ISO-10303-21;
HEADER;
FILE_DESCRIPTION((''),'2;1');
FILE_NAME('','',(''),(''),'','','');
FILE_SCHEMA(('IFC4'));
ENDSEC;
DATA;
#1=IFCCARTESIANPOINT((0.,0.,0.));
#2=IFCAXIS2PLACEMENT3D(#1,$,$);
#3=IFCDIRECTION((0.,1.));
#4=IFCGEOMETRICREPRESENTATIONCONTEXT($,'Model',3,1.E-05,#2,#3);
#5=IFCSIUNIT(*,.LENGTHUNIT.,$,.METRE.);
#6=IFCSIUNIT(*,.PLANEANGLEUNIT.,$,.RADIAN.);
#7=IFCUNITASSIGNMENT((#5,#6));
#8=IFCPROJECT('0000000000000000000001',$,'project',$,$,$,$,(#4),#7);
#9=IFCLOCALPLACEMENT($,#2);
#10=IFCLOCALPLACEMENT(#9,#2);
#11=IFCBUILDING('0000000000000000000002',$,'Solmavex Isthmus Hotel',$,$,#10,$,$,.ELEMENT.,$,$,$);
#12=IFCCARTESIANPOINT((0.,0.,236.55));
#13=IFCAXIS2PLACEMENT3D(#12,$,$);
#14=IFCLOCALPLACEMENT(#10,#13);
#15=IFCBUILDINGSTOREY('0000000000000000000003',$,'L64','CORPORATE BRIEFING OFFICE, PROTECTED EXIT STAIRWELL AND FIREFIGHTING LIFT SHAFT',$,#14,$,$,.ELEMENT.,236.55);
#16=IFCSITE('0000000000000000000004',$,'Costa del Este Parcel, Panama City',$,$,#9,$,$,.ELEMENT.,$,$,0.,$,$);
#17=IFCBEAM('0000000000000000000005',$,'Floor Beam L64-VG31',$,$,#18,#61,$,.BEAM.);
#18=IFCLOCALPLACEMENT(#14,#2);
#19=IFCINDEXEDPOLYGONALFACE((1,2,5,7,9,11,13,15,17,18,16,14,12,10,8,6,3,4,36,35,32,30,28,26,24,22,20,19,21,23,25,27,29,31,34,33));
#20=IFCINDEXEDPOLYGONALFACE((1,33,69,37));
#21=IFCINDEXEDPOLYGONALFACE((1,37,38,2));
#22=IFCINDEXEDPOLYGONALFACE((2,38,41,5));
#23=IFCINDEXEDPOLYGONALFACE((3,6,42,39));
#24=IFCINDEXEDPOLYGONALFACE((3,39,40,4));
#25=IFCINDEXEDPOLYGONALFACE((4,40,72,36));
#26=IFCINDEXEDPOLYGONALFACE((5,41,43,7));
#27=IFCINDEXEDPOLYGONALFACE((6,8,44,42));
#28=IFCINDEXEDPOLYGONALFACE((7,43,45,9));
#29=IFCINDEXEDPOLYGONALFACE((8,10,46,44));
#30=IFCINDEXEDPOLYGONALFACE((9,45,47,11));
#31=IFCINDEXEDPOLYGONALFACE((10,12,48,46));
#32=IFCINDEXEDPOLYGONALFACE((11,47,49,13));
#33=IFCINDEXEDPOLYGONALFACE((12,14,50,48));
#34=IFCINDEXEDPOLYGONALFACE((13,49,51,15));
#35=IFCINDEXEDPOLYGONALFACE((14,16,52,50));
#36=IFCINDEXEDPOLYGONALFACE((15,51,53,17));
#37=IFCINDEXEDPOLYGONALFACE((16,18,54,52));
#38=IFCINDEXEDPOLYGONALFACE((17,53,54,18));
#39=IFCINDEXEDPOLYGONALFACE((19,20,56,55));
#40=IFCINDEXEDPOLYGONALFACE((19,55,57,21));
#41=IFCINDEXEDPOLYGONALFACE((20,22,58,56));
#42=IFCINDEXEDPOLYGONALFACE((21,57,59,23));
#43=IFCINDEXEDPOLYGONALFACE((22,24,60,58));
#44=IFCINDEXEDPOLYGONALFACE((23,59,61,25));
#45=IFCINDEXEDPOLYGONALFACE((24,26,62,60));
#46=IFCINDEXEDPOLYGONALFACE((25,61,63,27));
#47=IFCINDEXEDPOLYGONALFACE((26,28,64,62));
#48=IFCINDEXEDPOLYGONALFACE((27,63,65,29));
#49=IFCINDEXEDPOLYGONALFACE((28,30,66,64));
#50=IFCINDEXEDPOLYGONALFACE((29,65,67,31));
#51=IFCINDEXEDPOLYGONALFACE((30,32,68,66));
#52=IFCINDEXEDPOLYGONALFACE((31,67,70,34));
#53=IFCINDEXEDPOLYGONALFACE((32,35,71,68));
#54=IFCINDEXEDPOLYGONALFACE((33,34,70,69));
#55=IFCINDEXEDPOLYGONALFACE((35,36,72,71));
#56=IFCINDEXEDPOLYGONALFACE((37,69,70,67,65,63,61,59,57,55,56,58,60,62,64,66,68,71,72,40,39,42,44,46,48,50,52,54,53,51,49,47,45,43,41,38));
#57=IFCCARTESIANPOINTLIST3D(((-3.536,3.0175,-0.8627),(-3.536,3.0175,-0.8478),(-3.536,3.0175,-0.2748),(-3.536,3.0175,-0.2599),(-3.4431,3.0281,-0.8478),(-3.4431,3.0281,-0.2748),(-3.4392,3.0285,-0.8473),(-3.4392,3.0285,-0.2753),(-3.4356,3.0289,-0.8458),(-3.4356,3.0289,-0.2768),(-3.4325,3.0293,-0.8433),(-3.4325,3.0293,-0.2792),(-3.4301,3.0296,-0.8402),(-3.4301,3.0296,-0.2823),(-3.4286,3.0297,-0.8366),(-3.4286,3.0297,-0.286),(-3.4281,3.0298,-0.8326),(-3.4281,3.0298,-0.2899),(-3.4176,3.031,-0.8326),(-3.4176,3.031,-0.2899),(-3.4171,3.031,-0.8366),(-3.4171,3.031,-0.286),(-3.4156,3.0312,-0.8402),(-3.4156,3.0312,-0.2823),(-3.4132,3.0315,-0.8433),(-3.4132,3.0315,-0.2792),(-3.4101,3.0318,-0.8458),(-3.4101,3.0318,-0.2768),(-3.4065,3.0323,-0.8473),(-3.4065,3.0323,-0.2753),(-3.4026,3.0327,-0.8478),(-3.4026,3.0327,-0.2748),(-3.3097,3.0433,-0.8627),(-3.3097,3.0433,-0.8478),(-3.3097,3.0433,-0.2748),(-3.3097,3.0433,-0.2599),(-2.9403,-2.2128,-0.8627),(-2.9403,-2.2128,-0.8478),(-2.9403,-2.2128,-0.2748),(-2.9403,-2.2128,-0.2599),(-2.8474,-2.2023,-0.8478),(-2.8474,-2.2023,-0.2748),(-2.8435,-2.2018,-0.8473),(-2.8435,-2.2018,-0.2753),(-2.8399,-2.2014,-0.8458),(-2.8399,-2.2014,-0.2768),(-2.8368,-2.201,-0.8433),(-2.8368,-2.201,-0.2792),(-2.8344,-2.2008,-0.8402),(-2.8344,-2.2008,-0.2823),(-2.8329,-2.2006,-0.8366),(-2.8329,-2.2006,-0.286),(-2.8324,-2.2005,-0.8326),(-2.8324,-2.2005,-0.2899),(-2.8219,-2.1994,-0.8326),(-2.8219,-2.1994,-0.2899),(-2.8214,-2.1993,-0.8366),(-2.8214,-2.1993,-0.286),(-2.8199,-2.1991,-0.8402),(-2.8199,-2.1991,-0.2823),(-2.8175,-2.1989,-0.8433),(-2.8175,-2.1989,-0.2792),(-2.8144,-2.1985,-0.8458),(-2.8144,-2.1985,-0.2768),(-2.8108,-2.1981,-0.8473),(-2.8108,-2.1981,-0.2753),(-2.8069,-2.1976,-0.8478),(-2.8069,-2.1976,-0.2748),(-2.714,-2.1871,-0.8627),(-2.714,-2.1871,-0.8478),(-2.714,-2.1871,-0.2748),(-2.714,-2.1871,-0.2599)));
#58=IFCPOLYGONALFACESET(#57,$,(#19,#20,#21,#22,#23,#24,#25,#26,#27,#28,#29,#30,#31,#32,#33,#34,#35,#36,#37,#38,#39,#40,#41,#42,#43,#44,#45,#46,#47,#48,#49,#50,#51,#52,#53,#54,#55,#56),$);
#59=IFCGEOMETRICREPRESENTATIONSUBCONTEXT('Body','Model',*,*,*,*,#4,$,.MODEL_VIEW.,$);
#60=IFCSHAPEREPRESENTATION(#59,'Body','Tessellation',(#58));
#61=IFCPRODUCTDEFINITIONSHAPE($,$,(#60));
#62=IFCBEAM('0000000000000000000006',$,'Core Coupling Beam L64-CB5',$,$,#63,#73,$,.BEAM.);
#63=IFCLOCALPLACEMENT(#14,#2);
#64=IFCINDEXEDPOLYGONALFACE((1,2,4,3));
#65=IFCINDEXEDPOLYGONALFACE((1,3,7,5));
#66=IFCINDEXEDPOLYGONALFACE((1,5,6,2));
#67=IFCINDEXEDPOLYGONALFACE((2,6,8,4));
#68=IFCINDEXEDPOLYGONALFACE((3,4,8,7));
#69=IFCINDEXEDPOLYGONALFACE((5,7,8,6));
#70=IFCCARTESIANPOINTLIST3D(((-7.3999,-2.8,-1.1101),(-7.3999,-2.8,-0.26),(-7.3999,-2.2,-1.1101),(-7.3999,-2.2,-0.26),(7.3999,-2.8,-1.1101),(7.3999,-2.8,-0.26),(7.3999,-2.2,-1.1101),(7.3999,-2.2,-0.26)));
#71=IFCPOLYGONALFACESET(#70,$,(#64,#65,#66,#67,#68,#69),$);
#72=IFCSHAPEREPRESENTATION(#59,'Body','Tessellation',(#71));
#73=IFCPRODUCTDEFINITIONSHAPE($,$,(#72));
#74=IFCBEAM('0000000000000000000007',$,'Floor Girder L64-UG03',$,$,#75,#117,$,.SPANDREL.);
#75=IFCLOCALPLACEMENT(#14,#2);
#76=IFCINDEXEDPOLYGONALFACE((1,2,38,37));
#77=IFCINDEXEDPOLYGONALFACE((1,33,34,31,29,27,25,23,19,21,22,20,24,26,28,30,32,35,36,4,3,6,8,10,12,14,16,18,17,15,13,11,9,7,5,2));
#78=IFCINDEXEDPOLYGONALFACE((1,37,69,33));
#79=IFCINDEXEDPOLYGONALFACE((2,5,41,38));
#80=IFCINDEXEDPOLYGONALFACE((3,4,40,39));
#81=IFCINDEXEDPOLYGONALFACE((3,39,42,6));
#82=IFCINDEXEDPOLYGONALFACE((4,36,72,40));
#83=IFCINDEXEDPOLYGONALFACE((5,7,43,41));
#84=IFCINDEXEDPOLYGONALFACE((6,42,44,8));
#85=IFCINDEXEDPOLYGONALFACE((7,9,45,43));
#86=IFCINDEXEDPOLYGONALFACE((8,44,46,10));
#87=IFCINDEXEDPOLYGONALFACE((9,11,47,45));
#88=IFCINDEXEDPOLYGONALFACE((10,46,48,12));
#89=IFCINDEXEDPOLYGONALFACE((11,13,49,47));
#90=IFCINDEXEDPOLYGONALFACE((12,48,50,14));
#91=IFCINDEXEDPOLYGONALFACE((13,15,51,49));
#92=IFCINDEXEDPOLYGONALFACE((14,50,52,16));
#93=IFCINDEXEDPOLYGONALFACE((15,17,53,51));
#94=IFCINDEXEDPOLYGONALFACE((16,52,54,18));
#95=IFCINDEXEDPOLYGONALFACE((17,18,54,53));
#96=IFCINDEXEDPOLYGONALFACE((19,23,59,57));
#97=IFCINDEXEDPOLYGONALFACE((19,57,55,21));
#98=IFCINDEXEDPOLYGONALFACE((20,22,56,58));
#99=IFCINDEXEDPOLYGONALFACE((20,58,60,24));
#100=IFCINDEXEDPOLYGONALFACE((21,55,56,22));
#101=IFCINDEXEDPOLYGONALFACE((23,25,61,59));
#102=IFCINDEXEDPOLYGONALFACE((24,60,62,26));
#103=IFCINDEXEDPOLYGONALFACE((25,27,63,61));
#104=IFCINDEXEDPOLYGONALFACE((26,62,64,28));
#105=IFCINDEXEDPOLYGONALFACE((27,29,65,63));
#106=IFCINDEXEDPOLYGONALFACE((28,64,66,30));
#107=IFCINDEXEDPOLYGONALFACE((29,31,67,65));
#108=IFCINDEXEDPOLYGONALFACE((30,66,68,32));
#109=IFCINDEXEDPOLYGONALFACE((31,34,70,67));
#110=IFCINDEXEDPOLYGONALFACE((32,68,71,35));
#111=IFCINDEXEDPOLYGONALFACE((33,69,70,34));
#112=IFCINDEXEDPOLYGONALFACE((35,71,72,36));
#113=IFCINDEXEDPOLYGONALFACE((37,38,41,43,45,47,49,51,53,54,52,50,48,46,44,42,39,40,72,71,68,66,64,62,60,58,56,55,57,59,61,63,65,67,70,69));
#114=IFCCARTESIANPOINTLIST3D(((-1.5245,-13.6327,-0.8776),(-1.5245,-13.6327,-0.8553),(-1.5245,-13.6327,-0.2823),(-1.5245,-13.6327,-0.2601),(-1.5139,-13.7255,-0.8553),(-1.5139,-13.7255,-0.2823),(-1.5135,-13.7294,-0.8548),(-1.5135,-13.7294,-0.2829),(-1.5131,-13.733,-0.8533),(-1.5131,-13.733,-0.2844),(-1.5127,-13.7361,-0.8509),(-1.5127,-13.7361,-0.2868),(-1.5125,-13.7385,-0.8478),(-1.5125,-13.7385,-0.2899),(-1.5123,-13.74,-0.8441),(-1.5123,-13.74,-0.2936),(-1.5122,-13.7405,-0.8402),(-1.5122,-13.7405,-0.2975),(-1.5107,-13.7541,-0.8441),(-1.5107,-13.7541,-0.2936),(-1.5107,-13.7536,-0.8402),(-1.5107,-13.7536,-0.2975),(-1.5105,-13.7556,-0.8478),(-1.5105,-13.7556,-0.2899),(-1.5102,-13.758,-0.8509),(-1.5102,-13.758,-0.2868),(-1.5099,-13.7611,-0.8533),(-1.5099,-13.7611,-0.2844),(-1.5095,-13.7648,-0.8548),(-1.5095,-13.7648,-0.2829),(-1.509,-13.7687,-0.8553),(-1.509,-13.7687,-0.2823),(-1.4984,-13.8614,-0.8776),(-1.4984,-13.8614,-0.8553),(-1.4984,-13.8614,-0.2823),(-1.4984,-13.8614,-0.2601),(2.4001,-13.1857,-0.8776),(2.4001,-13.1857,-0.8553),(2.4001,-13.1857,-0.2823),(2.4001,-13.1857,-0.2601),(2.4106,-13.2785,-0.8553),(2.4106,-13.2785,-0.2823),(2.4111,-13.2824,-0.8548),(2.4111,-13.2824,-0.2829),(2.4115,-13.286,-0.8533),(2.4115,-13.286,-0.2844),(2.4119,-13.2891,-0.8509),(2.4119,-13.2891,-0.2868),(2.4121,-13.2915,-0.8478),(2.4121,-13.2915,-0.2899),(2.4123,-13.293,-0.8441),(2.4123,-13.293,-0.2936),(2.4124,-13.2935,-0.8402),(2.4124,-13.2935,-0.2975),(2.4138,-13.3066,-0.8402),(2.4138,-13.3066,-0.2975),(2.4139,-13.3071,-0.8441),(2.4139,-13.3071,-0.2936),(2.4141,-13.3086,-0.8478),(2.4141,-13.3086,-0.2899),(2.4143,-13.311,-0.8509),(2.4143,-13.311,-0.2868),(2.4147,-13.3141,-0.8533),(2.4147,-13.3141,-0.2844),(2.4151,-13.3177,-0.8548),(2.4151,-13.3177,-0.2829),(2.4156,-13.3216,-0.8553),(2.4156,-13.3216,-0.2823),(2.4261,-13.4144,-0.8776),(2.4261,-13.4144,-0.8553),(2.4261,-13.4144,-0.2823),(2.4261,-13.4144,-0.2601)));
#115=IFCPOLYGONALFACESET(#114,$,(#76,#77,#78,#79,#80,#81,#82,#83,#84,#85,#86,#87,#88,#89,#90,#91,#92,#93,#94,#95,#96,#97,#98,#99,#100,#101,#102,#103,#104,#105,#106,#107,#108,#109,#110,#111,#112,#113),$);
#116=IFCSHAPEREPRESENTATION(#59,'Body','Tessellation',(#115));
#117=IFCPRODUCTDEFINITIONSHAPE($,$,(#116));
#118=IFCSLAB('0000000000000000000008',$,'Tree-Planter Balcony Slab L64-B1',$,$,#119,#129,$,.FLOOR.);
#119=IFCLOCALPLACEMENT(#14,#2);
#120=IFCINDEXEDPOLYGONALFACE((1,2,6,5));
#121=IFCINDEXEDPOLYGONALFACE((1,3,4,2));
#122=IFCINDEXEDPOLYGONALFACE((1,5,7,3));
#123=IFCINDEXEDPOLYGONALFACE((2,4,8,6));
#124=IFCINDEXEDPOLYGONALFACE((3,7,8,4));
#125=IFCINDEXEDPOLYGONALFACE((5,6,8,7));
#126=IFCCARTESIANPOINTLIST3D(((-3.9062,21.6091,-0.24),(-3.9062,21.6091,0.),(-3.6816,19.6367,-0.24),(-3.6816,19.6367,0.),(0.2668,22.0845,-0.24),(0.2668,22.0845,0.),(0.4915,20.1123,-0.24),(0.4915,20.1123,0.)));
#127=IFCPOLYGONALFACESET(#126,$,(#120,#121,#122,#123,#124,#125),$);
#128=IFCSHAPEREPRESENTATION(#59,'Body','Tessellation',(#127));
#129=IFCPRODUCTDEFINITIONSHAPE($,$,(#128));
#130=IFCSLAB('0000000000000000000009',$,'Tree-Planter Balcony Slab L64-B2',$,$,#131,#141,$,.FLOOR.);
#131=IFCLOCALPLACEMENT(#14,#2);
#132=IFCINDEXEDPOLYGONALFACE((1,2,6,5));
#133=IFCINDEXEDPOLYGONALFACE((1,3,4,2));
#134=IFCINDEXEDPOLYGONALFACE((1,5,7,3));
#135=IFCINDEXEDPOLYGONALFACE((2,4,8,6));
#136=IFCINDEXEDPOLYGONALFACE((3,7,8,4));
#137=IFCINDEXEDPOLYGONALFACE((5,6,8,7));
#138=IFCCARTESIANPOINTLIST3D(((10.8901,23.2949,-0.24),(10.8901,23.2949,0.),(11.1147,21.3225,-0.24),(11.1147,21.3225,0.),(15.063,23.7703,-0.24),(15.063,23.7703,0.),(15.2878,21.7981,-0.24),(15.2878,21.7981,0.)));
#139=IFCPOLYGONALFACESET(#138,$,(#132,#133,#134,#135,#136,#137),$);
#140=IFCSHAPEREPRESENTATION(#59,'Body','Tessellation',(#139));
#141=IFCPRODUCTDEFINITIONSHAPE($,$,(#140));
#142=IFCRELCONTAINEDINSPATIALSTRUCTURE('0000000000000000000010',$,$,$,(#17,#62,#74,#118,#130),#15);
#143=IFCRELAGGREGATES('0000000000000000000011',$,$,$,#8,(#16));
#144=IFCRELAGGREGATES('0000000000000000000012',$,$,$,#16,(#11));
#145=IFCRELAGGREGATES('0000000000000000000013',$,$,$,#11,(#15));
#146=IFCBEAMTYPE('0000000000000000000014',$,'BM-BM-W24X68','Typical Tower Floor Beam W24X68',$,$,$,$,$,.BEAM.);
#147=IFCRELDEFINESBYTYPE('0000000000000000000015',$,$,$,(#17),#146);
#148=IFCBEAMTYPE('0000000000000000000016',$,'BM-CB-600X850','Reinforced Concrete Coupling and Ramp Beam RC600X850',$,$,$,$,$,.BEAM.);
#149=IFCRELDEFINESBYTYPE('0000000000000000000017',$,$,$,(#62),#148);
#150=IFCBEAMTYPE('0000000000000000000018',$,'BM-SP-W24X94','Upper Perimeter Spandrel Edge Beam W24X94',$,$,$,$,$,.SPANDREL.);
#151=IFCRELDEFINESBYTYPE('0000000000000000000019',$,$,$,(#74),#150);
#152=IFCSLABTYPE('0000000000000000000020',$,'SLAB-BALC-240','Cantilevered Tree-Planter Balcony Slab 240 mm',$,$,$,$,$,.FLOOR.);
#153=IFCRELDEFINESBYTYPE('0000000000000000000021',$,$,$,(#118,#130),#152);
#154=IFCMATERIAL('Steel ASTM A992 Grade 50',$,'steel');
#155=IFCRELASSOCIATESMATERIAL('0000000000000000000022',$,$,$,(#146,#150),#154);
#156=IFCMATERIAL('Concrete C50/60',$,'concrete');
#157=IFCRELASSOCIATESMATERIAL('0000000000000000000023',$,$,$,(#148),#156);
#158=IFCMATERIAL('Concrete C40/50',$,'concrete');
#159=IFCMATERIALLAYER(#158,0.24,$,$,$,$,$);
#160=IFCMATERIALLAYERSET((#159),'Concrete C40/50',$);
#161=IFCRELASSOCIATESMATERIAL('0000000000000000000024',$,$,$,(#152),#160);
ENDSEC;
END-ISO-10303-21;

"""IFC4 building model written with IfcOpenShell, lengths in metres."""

from ifc_helpers import new_model, si_unit, direction, frame, origin, origin_2d, place, context, subcontext, project, spatial, polyline, rectangle, i_section, outline, extrude, material, layer, layer_set, material_profile, profile_set, type_object, element, save


model = new_model("IFC4")

# Units and contexts
model_context = context("Model", 3, precision=1e-05, world=origin(), true_north=direction((0.0, 1.0)))
body_context = subcontext(model_context, "Body", "Model", "MODEL_VIEW")
ifc_project = project(units=[si_unit("LENGTHUNIT", "METRE"), si_unit("PLANEANGLEUNIT", "RADIAN")], contexts=[model_context])

# Site, building, storey
site_placement = place(None, origin())
site = spatial("IfcSite", under=ifc_project, at=site_placement, Name="Costa del Este Parcel, Panama City", CompositionType="ELEMENT", RefElevation=0.0)
building_placement = place(site_placement, origin())
building = spatial("IfcBuilding", under=site, at=building_placement, Name="Solmavex Isthmus Hotel", CompositionType="ELEMENT")
storey_placement = place(building_placement, frame((0.0, 0.0, 236.55)))
storey = spatial("IfcBuildingStorey", under=building, at=storey_placement, Name="L64", Description="CORPORATE BRIEFING OFFICE, PROTECTED EXIT STAIRWELL AND FIREFIGHTING LIFT SHAFT", CompositionType="ELEMENT", Elevation=236.55)

# Shared definitions
ifc_material_1 = material(Name="Concrete C50/60", Category="concrete")

# Beams
ifc_material_2 = material(Name="Steel ASTM A992 Grade 50", Category="steel")
ifc_material_profile_1 = material_profile(ifc_material_2, i_section(OverallWidth=0.2278, OverallDepth=0.6028, WebThickness=0.0105, FlangeThickness=0.0149, FilletRadius=0.0151, at=origin_2d()), Name="W24X68")
ifc_profile_set_1 = profile_set([ifc_material_profile_1], Name="Steel ASTM A992 Grade 50")
beam_type_1 = type_object("IfcBeamType", Name="BM-BM-W24X68", Description="Typical Tower Floor Beam W24X68", PredefinedType="BEAM", material=ifc_profile_set_1)
beam_1_placement = place(storey_placement, frame((-2.8271, -2.2, -0.5613), z_axis=(-0.113159, 0.993577, 0.0), x_axis=(-0.993577, -0.113159, 0.0)))
element("IfcBeam", 1, at=beam_1_placement, inside=storey, type_object=beam_type_1, Name="Floor Beam L64-VG31", PredefinedType="BEAM", context=body_context, shape_type="SweptSolid", body=[
    extrude(i_section(OverallWidth=0.2278, OverallDepth=0.6028, WebThickness=0.0105, FlangeThickness=0.0149, FilletRadius=0.0151, at=origin_2d()), origin(), (0.0, 0.0, 1.0), 5.2642),
])
ifc_material_profile_2 = material_profile(ifc_material_1, rectangle(XDim=0.6001, YDim=0.8501, at=origin_2d()), Name="RC600X850")
ifc_profile_set_2 = profile_set([ifc_material_profile_2], Name="Concrete C50/60")
beam_type_2 = type_object("IfcBeamType", Name="BM-CB-600X850", Description="Reinforced Concrete Coupling and Ramp Beam RC600X850", PredefinedType="BEAM", material=ifc_profile_set_2)
beam_2_placement = place(storey_placement, frame((-7.3999, -2.5, -0.6851), z_axis=(1.0, 0.0, 0.0), x_axis=(0.0, 1.0, 0.0)))
element("IfcBeam", 2, at=beam_2_placement, inside=storey, type_object=beam_type_2, Name="Core Coupling Beam L64-CB5", PredefinedType="BEAM", context=body_context, shape_type="SweptSolid", body=[
    extrude(rectangle(XDim=0.6001, YDim=0.8501, at=origin_2d()), origin(), (0.0, 0.0, 1.0), 14.7998),
])
ifc_material_profile_3 = material_profile(ifc_material_2, i_section(OverallWidth=0.2302, OverallDepth=0.6174, WebThickness=0.0132, FlangeThickness=0.0222, FilletRadius=0.0151, at=origin_2d()), Name="W24X94")
ifc_profile_set_3 = profile_set([ifc_material_profile_3], Name="Steel ASTM A992 Grade 50")
beam_type_3 = type_object("IfcBeamType", Name="BM-SP-W24X94", Description="Upper Perimeter Spandrel Edge Beam W24X94", PredefinedType="SPANDREL", material=ifc_profile_set_3)
beam_3_placement = place(storey_placement, frame((-1.5115, -13.7471, -0.5688), z_axis=(0.993575, 0.113172, 0.0), x_axis=(-0.113172, 0.993575, 0.0)))
element("IfcBeam", 3, at=beam_3_placement, inside=storey, type_object=beam_type_3, Name="Floor Girder L64-UG03", PredefinedType="SPANDREL", context=body_context, shape_type="SweptSolid", body=[
    extrude(i_section(OverallWidth=0.2302, OverallDepth=0.6174, WebThickness=0.0132, FlangeThickness=0.0222, FilletRadius=0.0151, at=origin_2d()), origin(), (0.0, 0.0, 1.0), 3.95),
])

# Slabs
ifc_material_3 = material(Name="Concrete C40/50", Category="concrete")
ifc_layer_1 = layer(ifc_material_3, 0.24)
ifc_layer_set_1 = layer_set([ifc_layer_1], Name="Concrete C40/50")
slab_type_1 = type_object("IfcSlabType", Name="SLAB-BALC-240", Description="Cantilevered Tree-Planter Balcony Slab 240 mm", PredefinedType="FLOOR", material=ifc_layer_set_1)
slab_1_placement = place(storey_placement, frame((0.0, 0.0, -0.24)))
element("IfcSlab", 4, at=slab_1_placement, inside=storey, type_object=slab_type_1, Name="Tree-Planter Balcony Slab L64-B1", PredefinedType="FLOOR", context=body_context, shape_type="SweptSolid", body=[
    extrude(outline(polyline([(-3.6816, 19.6367), (0.4915, 20.1123), (0.2668, 22.0845), (-3.9062, 21.6091), (-3.6816, 19.6367)])), origin(), (0.0, 0.0, 1.0), 0.24),
])
slab_2_placement = place(storey_placement, frame((0.0, 0.0, -0.24)))
element("IfcSlab", 5, at=slab_2_placement, inside=storey, type_object=slab_type_1, Name="Tree-Planter Balcony Slab L64-B2", PredefinedType="FLOOR", context=body_context, shape_type="SweptSolid", body=[
    extrude(outline(polyline([(11.1147, 21.3225), (15.2878, 21.7981), (15.063, 23.7703), (10.8901, 23.2949), (11.1147, 21.3225)])), origin(), (0.0, 0.0, 1.0), 0.24),
])

save(model, "model.ifc")
